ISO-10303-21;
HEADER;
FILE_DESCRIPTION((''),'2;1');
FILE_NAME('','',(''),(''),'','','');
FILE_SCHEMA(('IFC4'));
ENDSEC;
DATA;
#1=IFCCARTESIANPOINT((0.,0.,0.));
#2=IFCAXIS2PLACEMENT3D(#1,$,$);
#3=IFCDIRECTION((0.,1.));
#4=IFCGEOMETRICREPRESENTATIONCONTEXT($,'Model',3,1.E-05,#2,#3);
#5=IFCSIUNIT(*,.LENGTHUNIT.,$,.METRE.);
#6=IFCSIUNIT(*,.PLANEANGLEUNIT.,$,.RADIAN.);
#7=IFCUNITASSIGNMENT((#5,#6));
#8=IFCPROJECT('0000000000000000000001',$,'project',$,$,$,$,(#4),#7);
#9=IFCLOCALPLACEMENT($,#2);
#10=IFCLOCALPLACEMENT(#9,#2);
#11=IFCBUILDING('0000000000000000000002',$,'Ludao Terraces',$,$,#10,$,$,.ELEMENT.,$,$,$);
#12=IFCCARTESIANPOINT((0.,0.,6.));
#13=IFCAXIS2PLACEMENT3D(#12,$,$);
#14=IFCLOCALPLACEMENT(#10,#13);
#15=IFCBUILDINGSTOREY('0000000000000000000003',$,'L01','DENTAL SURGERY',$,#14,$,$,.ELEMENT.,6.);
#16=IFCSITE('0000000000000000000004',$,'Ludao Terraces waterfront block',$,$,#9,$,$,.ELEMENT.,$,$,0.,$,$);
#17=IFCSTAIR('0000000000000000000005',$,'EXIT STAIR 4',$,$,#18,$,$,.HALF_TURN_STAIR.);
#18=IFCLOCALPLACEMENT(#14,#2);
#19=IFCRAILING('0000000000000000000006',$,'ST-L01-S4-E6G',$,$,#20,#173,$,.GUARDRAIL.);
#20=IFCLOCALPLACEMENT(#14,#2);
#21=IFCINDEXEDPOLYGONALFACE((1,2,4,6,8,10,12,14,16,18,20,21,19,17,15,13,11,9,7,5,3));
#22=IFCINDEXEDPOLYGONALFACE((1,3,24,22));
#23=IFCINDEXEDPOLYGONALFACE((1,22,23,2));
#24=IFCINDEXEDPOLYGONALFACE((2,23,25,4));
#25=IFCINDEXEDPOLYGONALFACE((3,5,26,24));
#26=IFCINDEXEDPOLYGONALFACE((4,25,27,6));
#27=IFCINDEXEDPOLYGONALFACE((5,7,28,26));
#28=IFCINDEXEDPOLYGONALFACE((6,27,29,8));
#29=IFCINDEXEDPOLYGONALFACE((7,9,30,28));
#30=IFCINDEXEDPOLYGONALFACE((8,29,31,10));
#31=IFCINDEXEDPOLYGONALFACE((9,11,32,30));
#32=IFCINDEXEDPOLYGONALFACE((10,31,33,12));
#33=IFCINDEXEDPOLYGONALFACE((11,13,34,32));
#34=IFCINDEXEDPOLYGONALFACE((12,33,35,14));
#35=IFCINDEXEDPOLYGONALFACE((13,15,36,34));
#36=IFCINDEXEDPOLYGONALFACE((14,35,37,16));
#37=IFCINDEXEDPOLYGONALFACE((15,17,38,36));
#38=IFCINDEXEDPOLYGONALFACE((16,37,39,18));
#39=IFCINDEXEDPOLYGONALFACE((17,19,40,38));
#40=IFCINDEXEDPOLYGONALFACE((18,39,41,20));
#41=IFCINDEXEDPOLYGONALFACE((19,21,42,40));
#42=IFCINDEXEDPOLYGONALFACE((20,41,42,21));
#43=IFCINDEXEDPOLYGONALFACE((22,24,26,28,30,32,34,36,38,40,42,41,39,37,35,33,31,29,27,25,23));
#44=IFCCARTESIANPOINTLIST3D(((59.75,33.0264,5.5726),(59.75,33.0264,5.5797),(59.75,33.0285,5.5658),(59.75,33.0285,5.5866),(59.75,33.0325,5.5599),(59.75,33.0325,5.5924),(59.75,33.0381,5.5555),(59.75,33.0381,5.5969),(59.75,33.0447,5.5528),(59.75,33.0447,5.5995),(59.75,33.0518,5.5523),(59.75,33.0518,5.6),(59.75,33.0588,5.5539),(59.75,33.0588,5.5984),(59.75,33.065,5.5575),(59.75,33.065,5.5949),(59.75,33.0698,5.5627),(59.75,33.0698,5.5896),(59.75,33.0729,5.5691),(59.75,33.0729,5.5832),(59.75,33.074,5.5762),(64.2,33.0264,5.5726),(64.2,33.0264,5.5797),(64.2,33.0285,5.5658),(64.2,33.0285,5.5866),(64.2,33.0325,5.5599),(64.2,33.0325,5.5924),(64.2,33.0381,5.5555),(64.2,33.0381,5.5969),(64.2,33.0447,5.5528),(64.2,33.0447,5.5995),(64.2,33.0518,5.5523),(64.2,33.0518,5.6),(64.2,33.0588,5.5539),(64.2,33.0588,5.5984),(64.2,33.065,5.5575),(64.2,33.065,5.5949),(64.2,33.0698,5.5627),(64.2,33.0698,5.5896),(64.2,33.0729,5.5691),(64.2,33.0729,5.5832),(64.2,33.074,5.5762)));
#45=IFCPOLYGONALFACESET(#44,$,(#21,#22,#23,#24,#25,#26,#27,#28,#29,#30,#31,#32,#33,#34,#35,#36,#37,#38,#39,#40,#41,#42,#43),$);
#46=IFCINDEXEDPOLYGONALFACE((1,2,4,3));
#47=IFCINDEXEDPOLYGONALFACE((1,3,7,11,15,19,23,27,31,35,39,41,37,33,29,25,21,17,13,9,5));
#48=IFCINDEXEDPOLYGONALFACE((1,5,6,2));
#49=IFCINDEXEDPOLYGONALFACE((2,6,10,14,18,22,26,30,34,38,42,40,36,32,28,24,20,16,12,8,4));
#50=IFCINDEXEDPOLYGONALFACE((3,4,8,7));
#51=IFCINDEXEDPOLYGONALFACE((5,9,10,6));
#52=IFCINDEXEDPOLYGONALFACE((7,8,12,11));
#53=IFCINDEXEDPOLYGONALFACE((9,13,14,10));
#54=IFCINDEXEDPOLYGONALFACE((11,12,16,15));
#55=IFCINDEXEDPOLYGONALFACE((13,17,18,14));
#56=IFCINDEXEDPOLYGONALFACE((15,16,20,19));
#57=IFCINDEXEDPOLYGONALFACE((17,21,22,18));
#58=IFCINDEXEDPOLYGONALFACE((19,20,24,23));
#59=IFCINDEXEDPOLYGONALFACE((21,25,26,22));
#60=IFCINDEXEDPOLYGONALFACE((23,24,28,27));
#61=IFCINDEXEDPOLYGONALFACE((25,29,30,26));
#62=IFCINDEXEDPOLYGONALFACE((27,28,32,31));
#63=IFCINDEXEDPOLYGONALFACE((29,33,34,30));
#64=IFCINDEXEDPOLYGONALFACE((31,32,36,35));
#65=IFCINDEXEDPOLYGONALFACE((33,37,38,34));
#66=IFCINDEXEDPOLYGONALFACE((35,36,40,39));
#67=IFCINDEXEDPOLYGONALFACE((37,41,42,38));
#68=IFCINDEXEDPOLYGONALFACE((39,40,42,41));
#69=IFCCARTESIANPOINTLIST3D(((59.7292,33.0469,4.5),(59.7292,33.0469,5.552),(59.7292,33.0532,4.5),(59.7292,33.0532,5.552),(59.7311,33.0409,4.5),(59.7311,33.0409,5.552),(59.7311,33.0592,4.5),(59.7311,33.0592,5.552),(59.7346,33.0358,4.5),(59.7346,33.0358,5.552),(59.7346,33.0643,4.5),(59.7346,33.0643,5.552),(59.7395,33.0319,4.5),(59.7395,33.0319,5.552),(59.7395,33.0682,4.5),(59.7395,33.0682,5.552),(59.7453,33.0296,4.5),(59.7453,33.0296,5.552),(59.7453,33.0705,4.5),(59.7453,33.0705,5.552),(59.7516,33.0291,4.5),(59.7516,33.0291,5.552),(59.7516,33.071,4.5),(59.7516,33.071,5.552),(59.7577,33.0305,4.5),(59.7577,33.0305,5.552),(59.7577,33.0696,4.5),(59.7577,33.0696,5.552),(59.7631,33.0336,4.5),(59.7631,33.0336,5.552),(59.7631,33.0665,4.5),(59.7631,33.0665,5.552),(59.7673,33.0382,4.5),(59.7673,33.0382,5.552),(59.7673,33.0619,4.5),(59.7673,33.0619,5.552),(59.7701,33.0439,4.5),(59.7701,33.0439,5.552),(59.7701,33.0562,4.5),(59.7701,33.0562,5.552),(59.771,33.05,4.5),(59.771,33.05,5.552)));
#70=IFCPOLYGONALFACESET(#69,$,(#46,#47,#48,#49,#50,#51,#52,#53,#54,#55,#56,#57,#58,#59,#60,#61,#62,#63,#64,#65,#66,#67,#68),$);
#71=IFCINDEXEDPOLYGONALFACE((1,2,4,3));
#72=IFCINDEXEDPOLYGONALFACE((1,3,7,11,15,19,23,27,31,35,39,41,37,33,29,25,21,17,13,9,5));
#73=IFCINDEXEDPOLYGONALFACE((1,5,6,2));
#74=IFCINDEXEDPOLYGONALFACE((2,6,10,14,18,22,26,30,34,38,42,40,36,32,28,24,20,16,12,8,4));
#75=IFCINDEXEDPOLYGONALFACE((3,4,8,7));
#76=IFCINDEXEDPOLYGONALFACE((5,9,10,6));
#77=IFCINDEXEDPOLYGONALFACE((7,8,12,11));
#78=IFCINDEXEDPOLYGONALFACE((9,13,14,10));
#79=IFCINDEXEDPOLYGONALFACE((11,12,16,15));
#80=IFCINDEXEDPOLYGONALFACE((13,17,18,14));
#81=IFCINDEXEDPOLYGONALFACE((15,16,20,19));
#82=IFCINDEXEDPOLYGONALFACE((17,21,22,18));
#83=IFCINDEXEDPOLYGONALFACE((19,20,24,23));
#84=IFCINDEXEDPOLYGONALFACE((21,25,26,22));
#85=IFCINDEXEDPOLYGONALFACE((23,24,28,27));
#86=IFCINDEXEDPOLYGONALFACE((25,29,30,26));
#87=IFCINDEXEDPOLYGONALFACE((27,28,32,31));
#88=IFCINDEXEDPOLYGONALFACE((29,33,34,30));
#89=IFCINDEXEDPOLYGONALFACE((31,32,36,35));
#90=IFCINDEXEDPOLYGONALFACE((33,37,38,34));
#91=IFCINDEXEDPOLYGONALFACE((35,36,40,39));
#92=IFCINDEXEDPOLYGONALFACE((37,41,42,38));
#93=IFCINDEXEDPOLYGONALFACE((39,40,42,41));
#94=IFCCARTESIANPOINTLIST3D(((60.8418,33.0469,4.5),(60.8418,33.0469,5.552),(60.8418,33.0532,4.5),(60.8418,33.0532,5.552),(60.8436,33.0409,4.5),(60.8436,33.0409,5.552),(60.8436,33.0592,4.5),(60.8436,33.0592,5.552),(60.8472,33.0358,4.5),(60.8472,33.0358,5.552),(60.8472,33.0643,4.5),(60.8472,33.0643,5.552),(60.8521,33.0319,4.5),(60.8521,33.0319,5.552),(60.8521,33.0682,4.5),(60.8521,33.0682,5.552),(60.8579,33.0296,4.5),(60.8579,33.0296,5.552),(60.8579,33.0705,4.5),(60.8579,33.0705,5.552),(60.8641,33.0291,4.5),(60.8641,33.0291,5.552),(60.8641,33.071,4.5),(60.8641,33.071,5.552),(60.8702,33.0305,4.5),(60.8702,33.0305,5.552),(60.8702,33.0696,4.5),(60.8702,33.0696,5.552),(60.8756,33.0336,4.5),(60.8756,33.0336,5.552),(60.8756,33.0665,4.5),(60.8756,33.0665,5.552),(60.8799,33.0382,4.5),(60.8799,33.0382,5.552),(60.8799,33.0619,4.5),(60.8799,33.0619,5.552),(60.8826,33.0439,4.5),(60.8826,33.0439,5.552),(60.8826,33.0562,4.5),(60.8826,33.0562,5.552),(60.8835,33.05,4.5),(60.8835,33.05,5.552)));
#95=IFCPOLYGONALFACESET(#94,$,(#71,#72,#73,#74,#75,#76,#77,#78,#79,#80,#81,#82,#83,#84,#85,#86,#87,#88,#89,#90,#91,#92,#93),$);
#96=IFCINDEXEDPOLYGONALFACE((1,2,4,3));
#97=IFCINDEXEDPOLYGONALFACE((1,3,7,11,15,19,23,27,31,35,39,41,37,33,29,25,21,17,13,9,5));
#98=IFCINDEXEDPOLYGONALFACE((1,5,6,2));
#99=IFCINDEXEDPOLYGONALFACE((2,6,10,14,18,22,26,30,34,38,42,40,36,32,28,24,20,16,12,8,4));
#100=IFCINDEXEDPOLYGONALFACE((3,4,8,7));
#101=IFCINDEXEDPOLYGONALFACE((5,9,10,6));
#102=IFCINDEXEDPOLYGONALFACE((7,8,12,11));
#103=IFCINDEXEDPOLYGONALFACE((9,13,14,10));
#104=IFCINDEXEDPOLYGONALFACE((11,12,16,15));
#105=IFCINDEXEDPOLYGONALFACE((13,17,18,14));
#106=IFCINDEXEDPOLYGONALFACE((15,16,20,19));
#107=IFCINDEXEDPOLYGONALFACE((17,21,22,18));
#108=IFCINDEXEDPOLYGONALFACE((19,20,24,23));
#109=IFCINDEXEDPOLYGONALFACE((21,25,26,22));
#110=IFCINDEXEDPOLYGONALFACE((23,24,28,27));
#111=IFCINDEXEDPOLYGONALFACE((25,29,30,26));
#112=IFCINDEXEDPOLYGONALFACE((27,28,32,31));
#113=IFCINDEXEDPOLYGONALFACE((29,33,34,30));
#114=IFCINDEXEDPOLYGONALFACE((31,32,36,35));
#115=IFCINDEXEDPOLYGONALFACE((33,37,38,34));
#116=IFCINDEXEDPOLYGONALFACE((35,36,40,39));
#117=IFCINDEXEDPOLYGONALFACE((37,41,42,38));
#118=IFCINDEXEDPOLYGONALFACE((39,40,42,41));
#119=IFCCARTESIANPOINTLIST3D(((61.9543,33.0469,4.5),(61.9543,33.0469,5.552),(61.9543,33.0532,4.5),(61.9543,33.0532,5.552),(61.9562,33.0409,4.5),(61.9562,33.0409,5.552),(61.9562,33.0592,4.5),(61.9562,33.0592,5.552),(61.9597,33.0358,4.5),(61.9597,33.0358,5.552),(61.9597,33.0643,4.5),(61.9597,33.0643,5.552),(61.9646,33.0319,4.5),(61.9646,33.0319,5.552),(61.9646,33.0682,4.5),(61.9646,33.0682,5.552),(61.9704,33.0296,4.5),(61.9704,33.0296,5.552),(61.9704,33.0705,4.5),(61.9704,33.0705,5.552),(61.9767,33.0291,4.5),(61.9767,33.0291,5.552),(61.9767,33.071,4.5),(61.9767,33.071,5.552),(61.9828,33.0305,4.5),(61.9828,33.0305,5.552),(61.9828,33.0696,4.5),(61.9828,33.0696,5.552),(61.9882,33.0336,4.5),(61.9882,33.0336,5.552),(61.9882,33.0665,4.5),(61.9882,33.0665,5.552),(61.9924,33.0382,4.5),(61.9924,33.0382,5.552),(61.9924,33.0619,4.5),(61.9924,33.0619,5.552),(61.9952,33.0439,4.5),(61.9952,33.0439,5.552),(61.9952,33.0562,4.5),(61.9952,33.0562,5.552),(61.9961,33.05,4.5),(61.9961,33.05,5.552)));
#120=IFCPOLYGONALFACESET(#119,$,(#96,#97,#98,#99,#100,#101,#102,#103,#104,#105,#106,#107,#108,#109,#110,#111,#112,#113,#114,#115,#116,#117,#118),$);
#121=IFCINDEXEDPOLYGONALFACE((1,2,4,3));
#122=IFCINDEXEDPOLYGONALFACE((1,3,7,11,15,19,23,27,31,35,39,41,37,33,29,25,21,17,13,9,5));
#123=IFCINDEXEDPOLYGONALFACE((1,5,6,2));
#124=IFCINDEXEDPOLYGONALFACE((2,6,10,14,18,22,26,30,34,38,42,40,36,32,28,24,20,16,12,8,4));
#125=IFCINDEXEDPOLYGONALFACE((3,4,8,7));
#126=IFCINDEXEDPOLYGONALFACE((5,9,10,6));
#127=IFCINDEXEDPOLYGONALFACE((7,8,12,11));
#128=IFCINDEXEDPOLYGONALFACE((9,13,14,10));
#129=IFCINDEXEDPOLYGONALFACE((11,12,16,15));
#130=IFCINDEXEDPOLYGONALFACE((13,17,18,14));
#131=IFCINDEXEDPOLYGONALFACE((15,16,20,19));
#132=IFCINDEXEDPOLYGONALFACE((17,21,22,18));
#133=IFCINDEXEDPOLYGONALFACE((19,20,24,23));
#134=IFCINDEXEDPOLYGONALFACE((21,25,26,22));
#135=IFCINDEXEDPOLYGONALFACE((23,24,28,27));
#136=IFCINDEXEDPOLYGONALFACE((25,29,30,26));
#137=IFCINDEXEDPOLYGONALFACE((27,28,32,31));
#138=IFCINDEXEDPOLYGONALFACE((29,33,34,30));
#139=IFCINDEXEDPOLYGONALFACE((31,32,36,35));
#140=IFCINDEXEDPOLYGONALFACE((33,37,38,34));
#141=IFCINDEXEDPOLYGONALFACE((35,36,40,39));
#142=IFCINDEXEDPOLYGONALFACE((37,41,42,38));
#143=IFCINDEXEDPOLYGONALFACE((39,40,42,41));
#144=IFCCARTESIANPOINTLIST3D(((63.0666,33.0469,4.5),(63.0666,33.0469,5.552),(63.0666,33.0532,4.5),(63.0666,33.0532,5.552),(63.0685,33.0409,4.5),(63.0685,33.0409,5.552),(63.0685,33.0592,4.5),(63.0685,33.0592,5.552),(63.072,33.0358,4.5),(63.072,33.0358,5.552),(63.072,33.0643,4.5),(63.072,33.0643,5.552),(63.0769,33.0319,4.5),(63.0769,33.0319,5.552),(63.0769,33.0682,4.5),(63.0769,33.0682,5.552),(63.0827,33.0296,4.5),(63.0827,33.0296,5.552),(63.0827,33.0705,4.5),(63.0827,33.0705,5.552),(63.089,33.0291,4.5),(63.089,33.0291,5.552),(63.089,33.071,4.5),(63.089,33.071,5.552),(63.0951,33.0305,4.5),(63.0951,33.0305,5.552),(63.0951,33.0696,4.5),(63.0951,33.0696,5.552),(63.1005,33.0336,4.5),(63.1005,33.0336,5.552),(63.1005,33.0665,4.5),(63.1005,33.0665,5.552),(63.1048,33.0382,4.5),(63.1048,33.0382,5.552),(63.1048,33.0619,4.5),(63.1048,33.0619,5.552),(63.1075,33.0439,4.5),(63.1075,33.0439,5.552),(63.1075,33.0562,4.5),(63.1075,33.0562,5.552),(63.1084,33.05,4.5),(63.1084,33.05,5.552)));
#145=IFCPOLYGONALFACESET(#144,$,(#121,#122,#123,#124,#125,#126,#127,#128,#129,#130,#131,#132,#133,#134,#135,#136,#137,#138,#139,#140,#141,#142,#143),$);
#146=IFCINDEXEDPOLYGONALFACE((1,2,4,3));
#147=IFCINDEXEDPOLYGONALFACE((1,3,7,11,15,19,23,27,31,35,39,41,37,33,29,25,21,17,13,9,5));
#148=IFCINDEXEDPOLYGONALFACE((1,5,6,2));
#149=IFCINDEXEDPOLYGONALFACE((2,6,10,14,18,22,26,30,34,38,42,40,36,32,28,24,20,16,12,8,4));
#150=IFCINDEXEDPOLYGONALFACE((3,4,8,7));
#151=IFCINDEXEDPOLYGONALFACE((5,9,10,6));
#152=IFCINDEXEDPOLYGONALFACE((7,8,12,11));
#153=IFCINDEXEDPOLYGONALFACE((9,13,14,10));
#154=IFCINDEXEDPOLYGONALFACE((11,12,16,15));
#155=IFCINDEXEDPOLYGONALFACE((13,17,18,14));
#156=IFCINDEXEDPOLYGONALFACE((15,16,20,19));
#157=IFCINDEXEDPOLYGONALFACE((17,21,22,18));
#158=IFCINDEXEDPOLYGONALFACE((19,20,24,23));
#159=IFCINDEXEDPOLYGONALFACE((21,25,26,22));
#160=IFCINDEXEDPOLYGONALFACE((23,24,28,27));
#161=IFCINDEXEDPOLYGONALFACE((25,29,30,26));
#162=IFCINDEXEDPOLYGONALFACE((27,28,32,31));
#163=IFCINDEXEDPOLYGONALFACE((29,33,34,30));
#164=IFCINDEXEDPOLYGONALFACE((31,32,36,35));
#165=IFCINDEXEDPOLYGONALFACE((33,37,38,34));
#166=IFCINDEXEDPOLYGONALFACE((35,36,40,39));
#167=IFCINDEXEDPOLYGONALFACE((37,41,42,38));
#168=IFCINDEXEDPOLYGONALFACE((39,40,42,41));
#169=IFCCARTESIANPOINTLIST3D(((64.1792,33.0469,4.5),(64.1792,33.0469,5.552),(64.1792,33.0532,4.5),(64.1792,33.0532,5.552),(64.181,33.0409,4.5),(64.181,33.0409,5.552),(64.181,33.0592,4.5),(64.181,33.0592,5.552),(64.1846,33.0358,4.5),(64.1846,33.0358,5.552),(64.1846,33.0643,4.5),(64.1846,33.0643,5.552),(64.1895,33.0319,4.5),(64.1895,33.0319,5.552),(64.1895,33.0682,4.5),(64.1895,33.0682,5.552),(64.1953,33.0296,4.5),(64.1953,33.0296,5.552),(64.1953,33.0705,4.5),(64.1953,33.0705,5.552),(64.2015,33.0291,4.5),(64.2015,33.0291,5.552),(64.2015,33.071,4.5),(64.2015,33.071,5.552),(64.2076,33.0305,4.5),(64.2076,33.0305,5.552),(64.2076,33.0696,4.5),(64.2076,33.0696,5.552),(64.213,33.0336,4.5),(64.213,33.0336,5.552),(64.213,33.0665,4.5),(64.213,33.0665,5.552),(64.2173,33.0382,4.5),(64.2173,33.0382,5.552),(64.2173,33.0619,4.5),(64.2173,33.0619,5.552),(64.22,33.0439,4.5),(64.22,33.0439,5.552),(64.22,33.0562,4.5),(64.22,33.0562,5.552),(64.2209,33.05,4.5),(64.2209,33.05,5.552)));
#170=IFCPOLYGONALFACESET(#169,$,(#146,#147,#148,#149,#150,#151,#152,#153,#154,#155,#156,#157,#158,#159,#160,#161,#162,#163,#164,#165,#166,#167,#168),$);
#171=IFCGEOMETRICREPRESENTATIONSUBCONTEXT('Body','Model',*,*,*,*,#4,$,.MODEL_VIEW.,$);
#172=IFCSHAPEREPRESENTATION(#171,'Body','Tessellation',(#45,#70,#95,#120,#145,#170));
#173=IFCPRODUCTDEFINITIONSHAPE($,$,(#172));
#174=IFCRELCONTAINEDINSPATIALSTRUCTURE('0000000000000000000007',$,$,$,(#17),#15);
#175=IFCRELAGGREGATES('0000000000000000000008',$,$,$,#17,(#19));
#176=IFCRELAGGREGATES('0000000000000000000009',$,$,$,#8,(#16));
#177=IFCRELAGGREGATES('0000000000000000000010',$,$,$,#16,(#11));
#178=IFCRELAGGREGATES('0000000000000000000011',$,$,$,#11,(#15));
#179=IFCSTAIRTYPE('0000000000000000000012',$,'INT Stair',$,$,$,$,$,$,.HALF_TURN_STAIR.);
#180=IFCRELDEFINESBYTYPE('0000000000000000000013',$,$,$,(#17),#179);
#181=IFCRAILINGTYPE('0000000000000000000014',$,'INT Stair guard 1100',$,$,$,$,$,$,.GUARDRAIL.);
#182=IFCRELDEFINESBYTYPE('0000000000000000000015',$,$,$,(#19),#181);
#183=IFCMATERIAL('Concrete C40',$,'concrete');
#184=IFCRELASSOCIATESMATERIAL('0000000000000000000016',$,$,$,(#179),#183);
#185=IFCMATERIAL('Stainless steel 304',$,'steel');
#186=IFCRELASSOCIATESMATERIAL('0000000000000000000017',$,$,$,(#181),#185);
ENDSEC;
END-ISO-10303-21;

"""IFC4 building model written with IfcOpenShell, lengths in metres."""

from ifc_helpers import new_model, si_unit, direction, frame, origin, origin_2d, place, context, subcontext, project, spatial, circle, extrude, material, type_object, element, aggregate, save


model = new_model("IFC4")

# Units and contexts
model_context = context("Model", 3, precision=1e-05, world=origin(), true_north=direction((0.0, 1.0)))
body_context = subcontext(model_context, "Body", "Model", "MODEL_VIEW")
ifc_project = project(units=[si_unit("LENGTHUNIT", "METRE"), si_unit("PLANEANGLEUNIT", "RADIAN")], contexts=[model_context])

# Site, building, storey
site_placement = place(None, origin())
site = spatial("IfcSite", under=ifc_project, at=site_placement, Name="Ludao Terraces waterfront block", CompositionType="ELEMENT", RefElevation=0.0)
building_placement = place(site_placement, origin())
building = spatial("IfcBuilding", under=site, at=building_placement, Name="Ludao Terraces", CompositionType="ELEMENT")
storey_placement = place(building_placement, frame((0.0, 0.0, 6.0)))
storey = spatial("IfcBuildingStorey", under=building, at=storey_placement, Name="L01", Description="DENTAL SURGERY", CompositionType="ELEMENT", Elevation=6.0)

# Shared definitions
ifc_material_1 = material(Name="Concrete C40", Category="concrete")

# Stair, railing
stair_type = type_object("IfcStairType", Name="INT Stair", PredefinedType="HALF_TURN_STAIR", material=ifc_material_1)
stair_placement = place(storey_placement, origin())
stair = element("IfcStair", 1, at=stair_placement, inside=storey, type_object=stair_type, Name="EXIT STAIR 4", PredefinedType="HALF_TURN_STAIR")
ifc_material_2 = material(Name="Stainless steel 304", Category="steel")
railing_type_1 = type_object("IfcRailingType", Name="INT Stair guard 1100", PredefinedType="GUARDRAIL", material=ifc_material_2)
railing_1_placement = place(storey_placement, frame((59.75, 33.05, 4.5)))
railing_1 = element("IfcRailing", 2, at=railing_1_placement, type_object=railing_type_1, Name="ST-L01-S4-E6G", PredefinedType="GUARDRAIL", context=body_context, shape_type="SweptSolid", body=[
    extrude(circle(Radius=0.0239, at=origin_2d()), frame((0.0, 0.0, 1.0762), z_axis=(1.0, 0.0, 0.0), x_axis=(0.0, 1.0, 0.0)), (0.0, 0.0, 1.0), 4.45),
    extrude(circle(Radius=0.021, at=origin_2d()), origin(), (0.0, 0.0, 1.0), 1.052),
    extrude(circle(Radius=0.021, at=origin_2d()), frame((1.1125, 0.0, 0.0)), (0.0, 0.0, 1.0), 1.052),
    extrude(circle(Radius=0.021, at=origin_2d()), frame((2.2251, 0.0, 0.0)), (0.0, 0.0, 1.0), 1.052),
    extrude(circle(Radius=0.021, at=origin_2d()), frame((3.3374, 0.0, 0.0)), (0.0, 0.0, 1.0), 1.052),
    extrude(circle(Radius=0.021, at=origin_2d()), frame((4.45, 0.0, 0.0)), (0.0, 0.0, 1.0), 1.052),
])
aggregate(stair, [railing_1])

save(model, "model.ifc")
